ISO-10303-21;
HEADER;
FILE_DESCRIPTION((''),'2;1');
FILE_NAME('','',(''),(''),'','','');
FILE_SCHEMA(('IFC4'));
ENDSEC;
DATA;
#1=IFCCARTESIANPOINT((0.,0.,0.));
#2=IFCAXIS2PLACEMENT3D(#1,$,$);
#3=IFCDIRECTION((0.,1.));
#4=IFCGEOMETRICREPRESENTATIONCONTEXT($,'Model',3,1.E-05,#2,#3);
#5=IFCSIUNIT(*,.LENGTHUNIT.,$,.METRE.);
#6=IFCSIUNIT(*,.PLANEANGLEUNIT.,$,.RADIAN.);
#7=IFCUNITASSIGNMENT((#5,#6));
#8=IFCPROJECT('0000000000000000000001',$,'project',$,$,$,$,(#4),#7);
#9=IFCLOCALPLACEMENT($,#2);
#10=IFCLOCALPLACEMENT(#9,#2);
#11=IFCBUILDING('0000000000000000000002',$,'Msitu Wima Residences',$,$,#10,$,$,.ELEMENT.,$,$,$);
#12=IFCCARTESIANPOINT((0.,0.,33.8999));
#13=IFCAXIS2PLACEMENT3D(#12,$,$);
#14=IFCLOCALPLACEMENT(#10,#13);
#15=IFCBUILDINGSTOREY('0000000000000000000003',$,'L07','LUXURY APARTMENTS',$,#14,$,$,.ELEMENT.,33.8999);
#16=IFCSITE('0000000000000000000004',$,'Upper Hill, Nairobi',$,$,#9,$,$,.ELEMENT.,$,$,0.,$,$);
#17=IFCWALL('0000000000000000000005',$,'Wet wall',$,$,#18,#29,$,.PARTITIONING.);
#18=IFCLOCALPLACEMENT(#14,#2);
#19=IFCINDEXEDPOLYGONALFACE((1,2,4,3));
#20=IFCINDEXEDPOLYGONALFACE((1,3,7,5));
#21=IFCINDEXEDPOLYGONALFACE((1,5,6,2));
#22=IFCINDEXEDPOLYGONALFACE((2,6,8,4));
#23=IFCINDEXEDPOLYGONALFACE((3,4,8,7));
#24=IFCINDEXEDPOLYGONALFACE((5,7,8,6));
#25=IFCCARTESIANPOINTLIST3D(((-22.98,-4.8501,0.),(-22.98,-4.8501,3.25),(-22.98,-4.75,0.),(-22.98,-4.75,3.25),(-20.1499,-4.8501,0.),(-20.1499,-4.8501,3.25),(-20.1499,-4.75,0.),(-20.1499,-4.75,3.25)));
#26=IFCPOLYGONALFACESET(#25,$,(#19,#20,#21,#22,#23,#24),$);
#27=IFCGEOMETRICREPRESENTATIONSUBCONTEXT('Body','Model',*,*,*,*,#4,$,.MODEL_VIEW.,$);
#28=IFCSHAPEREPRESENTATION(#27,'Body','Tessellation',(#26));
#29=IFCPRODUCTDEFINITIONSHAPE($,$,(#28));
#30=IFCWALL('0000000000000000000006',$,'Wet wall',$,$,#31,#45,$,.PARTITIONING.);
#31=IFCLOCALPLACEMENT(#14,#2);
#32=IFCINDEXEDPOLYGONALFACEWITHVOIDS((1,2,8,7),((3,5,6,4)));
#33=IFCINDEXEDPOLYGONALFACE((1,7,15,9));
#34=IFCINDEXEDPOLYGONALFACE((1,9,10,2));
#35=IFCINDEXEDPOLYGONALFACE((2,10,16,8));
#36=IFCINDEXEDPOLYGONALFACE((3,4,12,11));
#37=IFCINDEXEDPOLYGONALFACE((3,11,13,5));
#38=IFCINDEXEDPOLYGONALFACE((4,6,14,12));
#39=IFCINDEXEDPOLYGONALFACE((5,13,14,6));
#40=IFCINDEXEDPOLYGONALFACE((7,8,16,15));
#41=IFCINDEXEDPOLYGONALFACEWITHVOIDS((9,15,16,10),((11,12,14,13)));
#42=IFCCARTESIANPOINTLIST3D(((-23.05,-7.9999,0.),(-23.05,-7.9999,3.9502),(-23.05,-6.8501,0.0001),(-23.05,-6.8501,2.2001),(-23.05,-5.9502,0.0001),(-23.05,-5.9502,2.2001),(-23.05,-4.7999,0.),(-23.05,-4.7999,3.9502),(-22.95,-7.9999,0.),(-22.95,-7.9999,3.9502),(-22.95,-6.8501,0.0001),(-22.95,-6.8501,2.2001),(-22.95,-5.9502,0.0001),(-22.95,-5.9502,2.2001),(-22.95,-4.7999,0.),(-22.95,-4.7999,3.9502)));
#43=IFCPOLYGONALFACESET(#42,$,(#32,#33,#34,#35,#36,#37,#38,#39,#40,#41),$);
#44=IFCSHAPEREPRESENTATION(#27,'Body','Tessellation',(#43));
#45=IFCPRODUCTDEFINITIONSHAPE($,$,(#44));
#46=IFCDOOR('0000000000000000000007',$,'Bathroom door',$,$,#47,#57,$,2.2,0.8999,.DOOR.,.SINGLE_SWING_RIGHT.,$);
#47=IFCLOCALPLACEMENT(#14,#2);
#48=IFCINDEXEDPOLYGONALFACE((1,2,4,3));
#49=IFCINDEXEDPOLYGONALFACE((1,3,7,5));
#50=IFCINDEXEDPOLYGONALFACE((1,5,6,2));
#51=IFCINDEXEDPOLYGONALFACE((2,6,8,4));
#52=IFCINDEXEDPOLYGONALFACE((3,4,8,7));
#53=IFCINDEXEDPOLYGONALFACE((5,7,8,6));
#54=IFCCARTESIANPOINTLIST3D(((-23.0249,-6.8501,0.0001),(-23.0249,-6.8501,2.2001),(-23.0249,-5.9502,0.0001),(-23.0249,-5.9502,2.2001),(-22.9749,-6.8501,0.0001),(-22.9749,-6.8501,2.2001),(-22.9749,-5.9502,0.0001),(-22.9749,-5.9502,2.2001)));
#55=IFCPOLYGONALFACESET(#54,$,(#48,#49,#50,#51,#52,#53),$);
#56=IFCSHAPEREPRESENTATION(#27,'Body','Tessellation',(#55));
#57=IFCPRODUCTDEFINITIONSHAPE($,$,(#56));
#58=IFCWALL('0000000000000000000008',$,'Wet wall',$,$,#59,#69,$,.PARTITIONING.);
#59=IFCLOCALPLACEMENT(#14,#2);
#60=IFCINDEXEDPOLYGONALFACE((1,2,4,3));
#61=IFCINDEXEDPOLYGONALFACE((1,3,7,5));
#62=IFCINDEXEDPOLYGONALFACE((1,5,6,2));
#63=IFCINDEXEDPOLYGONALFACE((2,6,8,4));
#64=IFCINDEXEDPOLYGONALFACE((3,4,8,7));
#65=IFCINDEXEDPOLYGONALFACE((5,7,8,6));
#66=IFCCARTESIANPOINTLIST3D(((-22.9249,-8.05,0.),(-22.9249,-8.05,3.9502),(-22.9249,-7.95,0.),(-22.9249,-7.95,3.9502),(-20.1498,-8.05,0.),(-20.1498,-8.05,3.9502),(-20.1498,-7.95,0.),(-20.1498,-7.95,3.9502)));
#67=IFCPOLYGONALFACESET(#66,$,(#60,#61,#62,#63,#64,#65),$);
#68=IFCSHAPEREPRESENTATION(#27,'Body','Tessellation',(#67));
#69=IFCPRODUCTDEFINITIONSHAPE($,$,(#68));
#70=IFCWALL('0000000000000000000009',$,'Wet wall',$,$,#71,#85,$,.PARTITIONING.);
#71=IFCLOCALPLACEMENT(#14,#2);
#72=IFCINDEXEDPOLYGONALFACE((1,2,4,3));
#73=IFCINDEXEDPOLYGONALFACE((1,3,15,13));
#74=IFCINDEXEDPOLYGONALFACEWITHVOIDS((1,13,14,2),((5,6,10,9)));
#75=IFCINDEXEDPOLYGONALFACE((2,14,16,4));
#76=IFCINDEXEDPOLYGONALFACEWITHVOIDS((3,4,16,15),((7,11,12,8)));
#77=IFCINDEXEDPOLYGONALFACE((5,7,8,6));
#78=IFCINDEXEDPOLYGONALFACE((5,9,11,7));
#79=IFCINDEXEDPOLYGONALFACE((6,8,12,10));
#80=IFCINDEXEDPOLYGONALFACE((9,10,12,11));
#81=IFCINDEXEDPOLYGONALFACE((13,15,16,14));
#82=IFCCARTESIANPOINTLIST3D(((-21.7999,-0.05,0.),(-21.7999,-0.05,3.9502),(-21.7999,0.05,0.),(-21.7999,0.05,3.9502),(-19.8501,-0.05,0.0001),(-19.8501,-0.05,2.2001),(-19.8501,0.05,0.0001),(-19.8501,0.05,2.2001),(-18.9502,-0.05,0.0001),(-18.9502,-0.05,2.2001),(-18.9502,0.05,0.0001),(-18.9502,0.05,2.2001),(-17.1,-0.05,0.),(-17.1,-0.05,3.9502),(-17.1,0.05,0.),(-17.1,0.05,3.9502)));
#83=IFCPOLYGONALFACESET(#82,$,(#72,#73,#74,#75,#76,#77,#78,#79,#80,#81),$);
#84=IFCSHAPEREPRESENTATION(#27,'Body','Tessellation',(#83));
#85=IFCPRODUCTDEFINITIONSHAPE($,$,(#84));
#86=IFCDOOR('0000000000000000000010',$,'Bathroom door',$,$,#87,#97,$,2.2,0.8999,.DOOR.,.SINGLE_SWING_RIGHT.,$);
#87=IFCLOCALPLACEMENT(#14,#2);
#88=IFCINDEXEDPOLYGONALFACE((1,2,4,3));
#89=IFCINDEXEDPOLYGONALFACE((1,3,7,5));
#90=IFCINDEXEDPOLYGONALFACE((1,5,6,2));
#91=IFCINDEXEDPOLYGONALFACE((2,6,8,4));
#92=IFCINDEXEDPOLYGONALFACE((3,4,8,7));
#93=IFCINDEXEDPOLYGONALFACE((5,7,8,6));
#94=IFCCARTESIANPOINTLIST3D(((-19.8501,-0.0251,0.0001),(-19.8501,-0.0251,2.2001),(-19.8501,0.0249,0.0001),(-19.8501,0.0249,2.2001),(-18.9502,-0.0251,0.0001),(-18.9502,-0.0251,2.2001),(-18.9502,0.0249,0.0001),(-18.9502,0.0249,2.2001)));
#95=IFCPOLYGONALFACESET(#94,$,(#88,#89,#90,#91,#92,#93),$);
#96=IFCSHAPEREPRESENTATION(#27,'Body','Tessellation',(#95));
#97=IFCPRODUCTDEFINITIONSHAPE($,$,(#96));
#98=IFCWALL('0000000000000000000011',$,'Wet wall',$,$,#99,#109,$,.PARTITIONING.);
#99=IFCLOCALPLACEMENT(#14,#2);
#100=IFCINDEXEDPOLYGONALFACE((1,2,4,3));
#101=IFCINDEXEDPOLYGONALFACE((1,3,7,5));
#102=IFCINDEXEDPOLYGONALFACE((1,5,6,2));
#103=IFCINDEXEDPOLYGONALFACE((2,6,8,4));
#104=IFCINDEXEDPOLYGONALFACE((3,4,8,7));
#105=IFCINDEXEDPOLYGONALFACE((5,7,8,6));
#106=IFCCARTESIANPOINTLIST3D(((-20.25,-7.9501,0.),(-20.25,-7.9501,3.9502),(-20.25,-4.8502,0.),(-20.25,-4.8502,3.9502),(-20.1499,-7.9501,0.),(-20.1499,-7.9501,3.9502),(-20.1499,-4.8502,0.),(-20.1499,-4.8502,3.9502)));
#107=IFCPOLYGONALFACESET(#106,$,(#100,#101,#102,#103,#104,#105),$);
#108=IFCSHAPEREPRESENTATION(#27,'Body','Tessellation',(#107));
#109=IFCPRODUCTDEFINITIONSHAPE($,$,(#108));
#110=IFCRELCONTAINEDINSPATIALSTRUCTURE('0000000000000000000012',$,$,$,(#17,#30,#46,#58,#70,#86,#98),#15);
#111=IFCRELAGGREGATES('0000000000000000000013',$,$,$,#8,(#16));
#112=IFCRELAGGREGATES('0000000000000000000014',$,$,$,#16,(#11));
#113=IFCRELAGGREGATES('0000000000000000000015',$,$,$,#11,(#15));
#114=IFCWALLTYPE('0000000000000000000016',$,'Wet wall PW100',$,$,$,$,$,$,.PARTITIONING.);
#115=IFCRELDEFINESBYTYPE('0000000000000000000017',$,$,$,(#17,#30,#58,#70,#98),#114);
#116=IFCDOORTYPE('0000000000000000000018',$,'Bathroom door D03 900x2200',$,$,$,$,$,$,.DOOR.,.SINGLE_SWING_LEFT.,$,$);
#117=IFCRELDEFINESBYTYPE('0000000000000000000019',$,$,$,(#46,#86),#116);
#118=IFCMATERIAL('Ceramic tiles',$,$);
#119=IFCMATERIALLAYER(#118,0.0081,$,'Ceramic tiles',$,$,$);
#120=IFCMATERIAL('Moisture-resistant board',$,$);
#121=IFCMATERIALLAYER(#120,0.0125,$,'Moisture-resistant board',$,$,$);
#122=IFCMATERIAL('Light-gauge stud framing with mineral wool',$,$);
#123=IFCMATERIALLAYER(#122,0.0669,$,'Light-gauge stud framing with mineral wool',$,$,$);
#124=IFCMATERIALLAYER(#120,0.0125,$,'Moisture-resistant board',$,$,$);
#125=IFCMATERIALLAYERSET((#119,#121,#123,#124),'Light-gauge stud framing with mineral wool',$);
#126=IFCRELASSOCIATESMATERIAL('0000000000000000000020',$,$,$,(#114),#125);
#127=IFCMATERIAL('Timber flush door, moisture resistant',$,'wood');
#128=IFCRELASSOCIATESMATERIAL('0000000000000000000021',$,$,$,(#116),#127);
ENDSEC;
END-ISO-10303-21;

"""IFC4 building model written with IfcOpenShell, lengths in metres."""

from ifc_helpers import new_model, si_unit, direction, frame, frame_2d, origin, place, context, subcontext, project, spatial, rectangle, extrude, material, layer, layer_set, type_object, element, fill, save


model = new_model("IFC4")

# Units and contexts
model_context = context("Model", 3, precision=1e-05, world=origin(), true_north=direction((0.0, 1.0)))
body_context = subcontext(model_context, "Body", "Model", "MODEL_VIEW")
ifc_project = project(units=[si_unit("LENGTHUNIT", "METRE"), si_unit("PLANEANGLEUNIT", "RADIAN")], contexts=[model_context])

# Site, building, storey
site_placement = place(None, origin())
site = spatial("IfcSite", under=ifc_project, at=site_placement, Name="Upper Hill, Nairobi", CompositionType="ELEMENT", RefElevation=0.0)
building_placement = place(site_placement, origin())
building = spatial("IfcBuilding", under=site, at=building_placement, Name="Msitu Wima Residences", CompositionType="ELEMENT")
storey_placement = place(building_placement, frame((0.0, 0.0, 33.8999)))
storey = spatial("IfcBuildingStorey", under=building, at=storey_placement, Name="L07", Description="LUXURY APARTMENTS", CompositionType="ELEMENT", Elevation=33.8999)

# Wall
ifc_material_1 = material(Name="Ceramic tiles")
ifc_layer_1 = layer(ifc_material_1, 0.0081, Name="Ceramic tiles")
ifc_material_2 = material(Name="Moisture-resistant board")
ifc_layer_2 = layer(ifc_material_2, 0.0125, Name="Moisture-resistant board")
ifc_material_3 = material(Name="Light-gauge stud framing with mineral wool")
ifc_layer_3 = layer(ifc_material_3, 0.0669, Name="Light-gauge stud framing with mineral wool")
ifc_layer_4 = layer(ifc_material_2, 0.0125, Name="Moisture-resistant board")
ifc_layer_set_1 = layer_set([ifc_layer_1, ifc_layer_2, ifc_layer_3, ifc_layer_4], Name="Light-gauge stud framing with mineral wool")
wall_type_1 = type_object("IfcWallType", Name="Wet wall PW100", PredefinedType="PARTITIONING", material=ifc_layer_set_1)
wall_1_placement = place(storey_placement, frame((-22.98, -4.8, 0.0), z_axis=(0.0, 0.0, 1.0), x_axis=(1.0, 0.0, 0.0)))
element("IfcWall", 1, at=wall_1_placement, inside=storey, type_object=wall_type_1, Name="Wet wall", PredefinedType="PARTITIONING", context=body_context, shape_type="SweptSolid", body=[
    extrude(rectangle(XDim=2.8301, YDim=0.1001, at=frame_2d((1.415, 0.0))), origin(), (0.0, 0.0, 1.0), 3.25),
])

# Wall, opening, door
wall_2_placement = place(storey_placement, frame((-23.0, -8.0, 0.0), z_axis=(0.0, 0.0, 1.0), x_axis=(0.0, 1.0, 0.0)))
wall_2 = element("IfcWall", 2, at=wall_2_placement, inside=storey, type_object=wall_type_1, Name="Wet wall", PredefinedType="PARTITIONING", context=body_context, shape_type="SweptSolid", body=[
    extrude(rectangle(XDim=3.2, YDim=0.1001, at=frame_2d((1.6001, 0.0))), origin(), (0.0, 0.0, 1.0), 3.9502),
])
opening_1_placement = place(wall_2_placement, frame((1.1499, 0.0, 0.0)))
opening_1 = element("IfcOpeningElement", 3, at=opening_1_placement, cuts=wall_2, PredefinedType="OPENING", context=body_context, shape_type="SweptSolid", body=[
    extrude(rectangle(XDim=0.8999, YDim=2.2, at=frame_2d((0.45, 1.1001))), frame((0.0, 0.0601, 0.0), z_axis=(0.0, -1.0, 0.0), x_axis=(1.0, 0.0, 0.0)), (0.0, 0.0, 1.0), 0.1201),
])
ifc_material_4 = material(Name="Timber flush door, moisture resistant", Category="wood")
door_type_1 = type_object("IfcDoorType", Name="Bathroom door D03 900x2200", OperationType="SINGLE_SWING_LEFT", PredefinedType="DOOR", material=ifc_material_4)
door_1_placement = place(opening_1_placement, origin())
door_1 = element("IfcDoor", 4, at=door_1_placement, inside=storey, type_object=door_type_1, Name="Bathroom door", OperationType="SINGLE_SWING_RIGHT", OverallHeight=2.2, OverallWidth=0.8999, PredefinedType="DOOR", context=body_context, shape_type="SweptSolid", body=[
    extrude(rectangle(XDim=0.8999, YDim=2.2, at=frame_2d((0.45, 1.1001))), frame((0.0, 0.0249, 0.0), z_axis=(0.0, -1.0, 0.0), x_axis=(1.0, 0.0, 0.0)), (0.0, 0.0, 1.0), 0.05),
])
fill(opening_1, door_1)

# Wall
wall_3_placement = place(storey_placement, frame((-22.925, -8.0, 0.0), z_axis=(0.0, 0.0, 1.0), x_axis=(1.0, 0.0, 0.0)))
element("IfcWall", 5, at=wall_3_placement, inside=storey, type_object=wall_type_1, Name="Wet wall", PredefinedType="PARTITIONING", context=body_context, shape_type="SweptSolid", body=[
    extrude(rectangle(XDim=2.7751, YDim=0.1001, at=frame_2d((1.3877, 0.0))), origin(), (0.0, 0.0, 1.0), 3.9502),
])

# Wall, opening, door
wall_4_placement = place(storey_placement, frame((-21.8, 0.0, 0.0), z_axis=(0.0, 0.0, 1.0), x_axis=(1.0, 0.0, 0.0)))
wall_4 = element("IfcWall", 6, at=wall_4_placement, inside=storey, type_object=wall_type_1, Name="Wet wall", PredefinedType="PARTITIONING", context=body_context, shape_type="SweptSolid", body=[
    extrude(rectangle(XDim=4.7, YDim=0.1001, at=frame_2d((2.3501, 0.0))), origin(), (0.0, 0.0, 1.0), 3.9502),
])
opening_2_placement = place(wall_4_placement, frame((1.95, 0.0, 0.0)))
opening_2 = element("IfcOpeningElement", 7, at=opening_2_placement, cuts=wall_4, PredefinedType="OPENING", context=body_context, shape_type="SweptSolid", body=[
    extrude(rectangle(XDim=0.8999, YDim=2.2, at=frame_2d((0.45, 1.1001))), frame((0.0, 0.0601, 0.0), z_axis=(0.0, -1.0, 0.0), x_axis=(1.0, 0.0, 0.0)), (0.0, 0.0, 1.0), 0.1201),
])
door_2_placement = place(opening_2_placement, origin())
door_2 = element("IfcDoor", 8, at=door_2_placement, inside=storey, type_object=door_type_1, Name="Bathroom door", OperationType="SINGLE_SWING_RIGHT", OverallHeight=2.2, OverallWidth=0.8999, PredefinedType="DOOR", context=body_context, shape_type="SweptSolid", body=[
    extrude(rectangle(XDim=0.8999, YDim=2.2, at=frame_2d((0.45, 1.1001))), frame((0.0, 0.0249, 0.0), z_axis=(0.0, -1.0, 0.0), x_axis=(1.0, 0.0, 0.0)), (0.0, 0.0, 1.0), 0.05),
])
fill(opening_2, door_2)

# Wall
wall_5_placement = place(storey_placement, frame((-20.2, -7.95, 0.0), z_axis=(0.0, 0.0, 1.0), x_axis=(0.0, 1.0, 0.0)))
element("IfcWall", 9, at=wall_5_placement, inside=storey, type_object=wall_type_1, Name="Wet wall", PredefinedType="PARTITIONING", context=body_context, shape_type="SweptSolid", body=[
    extrude(rectangle(XDim=3.0999, YDim=0.1001, at=frame_2d((1.5498, 0.0))), origin(), (0.0, 0.0, 1.0), 3.9502),
])

save(model, "model.ifc")
